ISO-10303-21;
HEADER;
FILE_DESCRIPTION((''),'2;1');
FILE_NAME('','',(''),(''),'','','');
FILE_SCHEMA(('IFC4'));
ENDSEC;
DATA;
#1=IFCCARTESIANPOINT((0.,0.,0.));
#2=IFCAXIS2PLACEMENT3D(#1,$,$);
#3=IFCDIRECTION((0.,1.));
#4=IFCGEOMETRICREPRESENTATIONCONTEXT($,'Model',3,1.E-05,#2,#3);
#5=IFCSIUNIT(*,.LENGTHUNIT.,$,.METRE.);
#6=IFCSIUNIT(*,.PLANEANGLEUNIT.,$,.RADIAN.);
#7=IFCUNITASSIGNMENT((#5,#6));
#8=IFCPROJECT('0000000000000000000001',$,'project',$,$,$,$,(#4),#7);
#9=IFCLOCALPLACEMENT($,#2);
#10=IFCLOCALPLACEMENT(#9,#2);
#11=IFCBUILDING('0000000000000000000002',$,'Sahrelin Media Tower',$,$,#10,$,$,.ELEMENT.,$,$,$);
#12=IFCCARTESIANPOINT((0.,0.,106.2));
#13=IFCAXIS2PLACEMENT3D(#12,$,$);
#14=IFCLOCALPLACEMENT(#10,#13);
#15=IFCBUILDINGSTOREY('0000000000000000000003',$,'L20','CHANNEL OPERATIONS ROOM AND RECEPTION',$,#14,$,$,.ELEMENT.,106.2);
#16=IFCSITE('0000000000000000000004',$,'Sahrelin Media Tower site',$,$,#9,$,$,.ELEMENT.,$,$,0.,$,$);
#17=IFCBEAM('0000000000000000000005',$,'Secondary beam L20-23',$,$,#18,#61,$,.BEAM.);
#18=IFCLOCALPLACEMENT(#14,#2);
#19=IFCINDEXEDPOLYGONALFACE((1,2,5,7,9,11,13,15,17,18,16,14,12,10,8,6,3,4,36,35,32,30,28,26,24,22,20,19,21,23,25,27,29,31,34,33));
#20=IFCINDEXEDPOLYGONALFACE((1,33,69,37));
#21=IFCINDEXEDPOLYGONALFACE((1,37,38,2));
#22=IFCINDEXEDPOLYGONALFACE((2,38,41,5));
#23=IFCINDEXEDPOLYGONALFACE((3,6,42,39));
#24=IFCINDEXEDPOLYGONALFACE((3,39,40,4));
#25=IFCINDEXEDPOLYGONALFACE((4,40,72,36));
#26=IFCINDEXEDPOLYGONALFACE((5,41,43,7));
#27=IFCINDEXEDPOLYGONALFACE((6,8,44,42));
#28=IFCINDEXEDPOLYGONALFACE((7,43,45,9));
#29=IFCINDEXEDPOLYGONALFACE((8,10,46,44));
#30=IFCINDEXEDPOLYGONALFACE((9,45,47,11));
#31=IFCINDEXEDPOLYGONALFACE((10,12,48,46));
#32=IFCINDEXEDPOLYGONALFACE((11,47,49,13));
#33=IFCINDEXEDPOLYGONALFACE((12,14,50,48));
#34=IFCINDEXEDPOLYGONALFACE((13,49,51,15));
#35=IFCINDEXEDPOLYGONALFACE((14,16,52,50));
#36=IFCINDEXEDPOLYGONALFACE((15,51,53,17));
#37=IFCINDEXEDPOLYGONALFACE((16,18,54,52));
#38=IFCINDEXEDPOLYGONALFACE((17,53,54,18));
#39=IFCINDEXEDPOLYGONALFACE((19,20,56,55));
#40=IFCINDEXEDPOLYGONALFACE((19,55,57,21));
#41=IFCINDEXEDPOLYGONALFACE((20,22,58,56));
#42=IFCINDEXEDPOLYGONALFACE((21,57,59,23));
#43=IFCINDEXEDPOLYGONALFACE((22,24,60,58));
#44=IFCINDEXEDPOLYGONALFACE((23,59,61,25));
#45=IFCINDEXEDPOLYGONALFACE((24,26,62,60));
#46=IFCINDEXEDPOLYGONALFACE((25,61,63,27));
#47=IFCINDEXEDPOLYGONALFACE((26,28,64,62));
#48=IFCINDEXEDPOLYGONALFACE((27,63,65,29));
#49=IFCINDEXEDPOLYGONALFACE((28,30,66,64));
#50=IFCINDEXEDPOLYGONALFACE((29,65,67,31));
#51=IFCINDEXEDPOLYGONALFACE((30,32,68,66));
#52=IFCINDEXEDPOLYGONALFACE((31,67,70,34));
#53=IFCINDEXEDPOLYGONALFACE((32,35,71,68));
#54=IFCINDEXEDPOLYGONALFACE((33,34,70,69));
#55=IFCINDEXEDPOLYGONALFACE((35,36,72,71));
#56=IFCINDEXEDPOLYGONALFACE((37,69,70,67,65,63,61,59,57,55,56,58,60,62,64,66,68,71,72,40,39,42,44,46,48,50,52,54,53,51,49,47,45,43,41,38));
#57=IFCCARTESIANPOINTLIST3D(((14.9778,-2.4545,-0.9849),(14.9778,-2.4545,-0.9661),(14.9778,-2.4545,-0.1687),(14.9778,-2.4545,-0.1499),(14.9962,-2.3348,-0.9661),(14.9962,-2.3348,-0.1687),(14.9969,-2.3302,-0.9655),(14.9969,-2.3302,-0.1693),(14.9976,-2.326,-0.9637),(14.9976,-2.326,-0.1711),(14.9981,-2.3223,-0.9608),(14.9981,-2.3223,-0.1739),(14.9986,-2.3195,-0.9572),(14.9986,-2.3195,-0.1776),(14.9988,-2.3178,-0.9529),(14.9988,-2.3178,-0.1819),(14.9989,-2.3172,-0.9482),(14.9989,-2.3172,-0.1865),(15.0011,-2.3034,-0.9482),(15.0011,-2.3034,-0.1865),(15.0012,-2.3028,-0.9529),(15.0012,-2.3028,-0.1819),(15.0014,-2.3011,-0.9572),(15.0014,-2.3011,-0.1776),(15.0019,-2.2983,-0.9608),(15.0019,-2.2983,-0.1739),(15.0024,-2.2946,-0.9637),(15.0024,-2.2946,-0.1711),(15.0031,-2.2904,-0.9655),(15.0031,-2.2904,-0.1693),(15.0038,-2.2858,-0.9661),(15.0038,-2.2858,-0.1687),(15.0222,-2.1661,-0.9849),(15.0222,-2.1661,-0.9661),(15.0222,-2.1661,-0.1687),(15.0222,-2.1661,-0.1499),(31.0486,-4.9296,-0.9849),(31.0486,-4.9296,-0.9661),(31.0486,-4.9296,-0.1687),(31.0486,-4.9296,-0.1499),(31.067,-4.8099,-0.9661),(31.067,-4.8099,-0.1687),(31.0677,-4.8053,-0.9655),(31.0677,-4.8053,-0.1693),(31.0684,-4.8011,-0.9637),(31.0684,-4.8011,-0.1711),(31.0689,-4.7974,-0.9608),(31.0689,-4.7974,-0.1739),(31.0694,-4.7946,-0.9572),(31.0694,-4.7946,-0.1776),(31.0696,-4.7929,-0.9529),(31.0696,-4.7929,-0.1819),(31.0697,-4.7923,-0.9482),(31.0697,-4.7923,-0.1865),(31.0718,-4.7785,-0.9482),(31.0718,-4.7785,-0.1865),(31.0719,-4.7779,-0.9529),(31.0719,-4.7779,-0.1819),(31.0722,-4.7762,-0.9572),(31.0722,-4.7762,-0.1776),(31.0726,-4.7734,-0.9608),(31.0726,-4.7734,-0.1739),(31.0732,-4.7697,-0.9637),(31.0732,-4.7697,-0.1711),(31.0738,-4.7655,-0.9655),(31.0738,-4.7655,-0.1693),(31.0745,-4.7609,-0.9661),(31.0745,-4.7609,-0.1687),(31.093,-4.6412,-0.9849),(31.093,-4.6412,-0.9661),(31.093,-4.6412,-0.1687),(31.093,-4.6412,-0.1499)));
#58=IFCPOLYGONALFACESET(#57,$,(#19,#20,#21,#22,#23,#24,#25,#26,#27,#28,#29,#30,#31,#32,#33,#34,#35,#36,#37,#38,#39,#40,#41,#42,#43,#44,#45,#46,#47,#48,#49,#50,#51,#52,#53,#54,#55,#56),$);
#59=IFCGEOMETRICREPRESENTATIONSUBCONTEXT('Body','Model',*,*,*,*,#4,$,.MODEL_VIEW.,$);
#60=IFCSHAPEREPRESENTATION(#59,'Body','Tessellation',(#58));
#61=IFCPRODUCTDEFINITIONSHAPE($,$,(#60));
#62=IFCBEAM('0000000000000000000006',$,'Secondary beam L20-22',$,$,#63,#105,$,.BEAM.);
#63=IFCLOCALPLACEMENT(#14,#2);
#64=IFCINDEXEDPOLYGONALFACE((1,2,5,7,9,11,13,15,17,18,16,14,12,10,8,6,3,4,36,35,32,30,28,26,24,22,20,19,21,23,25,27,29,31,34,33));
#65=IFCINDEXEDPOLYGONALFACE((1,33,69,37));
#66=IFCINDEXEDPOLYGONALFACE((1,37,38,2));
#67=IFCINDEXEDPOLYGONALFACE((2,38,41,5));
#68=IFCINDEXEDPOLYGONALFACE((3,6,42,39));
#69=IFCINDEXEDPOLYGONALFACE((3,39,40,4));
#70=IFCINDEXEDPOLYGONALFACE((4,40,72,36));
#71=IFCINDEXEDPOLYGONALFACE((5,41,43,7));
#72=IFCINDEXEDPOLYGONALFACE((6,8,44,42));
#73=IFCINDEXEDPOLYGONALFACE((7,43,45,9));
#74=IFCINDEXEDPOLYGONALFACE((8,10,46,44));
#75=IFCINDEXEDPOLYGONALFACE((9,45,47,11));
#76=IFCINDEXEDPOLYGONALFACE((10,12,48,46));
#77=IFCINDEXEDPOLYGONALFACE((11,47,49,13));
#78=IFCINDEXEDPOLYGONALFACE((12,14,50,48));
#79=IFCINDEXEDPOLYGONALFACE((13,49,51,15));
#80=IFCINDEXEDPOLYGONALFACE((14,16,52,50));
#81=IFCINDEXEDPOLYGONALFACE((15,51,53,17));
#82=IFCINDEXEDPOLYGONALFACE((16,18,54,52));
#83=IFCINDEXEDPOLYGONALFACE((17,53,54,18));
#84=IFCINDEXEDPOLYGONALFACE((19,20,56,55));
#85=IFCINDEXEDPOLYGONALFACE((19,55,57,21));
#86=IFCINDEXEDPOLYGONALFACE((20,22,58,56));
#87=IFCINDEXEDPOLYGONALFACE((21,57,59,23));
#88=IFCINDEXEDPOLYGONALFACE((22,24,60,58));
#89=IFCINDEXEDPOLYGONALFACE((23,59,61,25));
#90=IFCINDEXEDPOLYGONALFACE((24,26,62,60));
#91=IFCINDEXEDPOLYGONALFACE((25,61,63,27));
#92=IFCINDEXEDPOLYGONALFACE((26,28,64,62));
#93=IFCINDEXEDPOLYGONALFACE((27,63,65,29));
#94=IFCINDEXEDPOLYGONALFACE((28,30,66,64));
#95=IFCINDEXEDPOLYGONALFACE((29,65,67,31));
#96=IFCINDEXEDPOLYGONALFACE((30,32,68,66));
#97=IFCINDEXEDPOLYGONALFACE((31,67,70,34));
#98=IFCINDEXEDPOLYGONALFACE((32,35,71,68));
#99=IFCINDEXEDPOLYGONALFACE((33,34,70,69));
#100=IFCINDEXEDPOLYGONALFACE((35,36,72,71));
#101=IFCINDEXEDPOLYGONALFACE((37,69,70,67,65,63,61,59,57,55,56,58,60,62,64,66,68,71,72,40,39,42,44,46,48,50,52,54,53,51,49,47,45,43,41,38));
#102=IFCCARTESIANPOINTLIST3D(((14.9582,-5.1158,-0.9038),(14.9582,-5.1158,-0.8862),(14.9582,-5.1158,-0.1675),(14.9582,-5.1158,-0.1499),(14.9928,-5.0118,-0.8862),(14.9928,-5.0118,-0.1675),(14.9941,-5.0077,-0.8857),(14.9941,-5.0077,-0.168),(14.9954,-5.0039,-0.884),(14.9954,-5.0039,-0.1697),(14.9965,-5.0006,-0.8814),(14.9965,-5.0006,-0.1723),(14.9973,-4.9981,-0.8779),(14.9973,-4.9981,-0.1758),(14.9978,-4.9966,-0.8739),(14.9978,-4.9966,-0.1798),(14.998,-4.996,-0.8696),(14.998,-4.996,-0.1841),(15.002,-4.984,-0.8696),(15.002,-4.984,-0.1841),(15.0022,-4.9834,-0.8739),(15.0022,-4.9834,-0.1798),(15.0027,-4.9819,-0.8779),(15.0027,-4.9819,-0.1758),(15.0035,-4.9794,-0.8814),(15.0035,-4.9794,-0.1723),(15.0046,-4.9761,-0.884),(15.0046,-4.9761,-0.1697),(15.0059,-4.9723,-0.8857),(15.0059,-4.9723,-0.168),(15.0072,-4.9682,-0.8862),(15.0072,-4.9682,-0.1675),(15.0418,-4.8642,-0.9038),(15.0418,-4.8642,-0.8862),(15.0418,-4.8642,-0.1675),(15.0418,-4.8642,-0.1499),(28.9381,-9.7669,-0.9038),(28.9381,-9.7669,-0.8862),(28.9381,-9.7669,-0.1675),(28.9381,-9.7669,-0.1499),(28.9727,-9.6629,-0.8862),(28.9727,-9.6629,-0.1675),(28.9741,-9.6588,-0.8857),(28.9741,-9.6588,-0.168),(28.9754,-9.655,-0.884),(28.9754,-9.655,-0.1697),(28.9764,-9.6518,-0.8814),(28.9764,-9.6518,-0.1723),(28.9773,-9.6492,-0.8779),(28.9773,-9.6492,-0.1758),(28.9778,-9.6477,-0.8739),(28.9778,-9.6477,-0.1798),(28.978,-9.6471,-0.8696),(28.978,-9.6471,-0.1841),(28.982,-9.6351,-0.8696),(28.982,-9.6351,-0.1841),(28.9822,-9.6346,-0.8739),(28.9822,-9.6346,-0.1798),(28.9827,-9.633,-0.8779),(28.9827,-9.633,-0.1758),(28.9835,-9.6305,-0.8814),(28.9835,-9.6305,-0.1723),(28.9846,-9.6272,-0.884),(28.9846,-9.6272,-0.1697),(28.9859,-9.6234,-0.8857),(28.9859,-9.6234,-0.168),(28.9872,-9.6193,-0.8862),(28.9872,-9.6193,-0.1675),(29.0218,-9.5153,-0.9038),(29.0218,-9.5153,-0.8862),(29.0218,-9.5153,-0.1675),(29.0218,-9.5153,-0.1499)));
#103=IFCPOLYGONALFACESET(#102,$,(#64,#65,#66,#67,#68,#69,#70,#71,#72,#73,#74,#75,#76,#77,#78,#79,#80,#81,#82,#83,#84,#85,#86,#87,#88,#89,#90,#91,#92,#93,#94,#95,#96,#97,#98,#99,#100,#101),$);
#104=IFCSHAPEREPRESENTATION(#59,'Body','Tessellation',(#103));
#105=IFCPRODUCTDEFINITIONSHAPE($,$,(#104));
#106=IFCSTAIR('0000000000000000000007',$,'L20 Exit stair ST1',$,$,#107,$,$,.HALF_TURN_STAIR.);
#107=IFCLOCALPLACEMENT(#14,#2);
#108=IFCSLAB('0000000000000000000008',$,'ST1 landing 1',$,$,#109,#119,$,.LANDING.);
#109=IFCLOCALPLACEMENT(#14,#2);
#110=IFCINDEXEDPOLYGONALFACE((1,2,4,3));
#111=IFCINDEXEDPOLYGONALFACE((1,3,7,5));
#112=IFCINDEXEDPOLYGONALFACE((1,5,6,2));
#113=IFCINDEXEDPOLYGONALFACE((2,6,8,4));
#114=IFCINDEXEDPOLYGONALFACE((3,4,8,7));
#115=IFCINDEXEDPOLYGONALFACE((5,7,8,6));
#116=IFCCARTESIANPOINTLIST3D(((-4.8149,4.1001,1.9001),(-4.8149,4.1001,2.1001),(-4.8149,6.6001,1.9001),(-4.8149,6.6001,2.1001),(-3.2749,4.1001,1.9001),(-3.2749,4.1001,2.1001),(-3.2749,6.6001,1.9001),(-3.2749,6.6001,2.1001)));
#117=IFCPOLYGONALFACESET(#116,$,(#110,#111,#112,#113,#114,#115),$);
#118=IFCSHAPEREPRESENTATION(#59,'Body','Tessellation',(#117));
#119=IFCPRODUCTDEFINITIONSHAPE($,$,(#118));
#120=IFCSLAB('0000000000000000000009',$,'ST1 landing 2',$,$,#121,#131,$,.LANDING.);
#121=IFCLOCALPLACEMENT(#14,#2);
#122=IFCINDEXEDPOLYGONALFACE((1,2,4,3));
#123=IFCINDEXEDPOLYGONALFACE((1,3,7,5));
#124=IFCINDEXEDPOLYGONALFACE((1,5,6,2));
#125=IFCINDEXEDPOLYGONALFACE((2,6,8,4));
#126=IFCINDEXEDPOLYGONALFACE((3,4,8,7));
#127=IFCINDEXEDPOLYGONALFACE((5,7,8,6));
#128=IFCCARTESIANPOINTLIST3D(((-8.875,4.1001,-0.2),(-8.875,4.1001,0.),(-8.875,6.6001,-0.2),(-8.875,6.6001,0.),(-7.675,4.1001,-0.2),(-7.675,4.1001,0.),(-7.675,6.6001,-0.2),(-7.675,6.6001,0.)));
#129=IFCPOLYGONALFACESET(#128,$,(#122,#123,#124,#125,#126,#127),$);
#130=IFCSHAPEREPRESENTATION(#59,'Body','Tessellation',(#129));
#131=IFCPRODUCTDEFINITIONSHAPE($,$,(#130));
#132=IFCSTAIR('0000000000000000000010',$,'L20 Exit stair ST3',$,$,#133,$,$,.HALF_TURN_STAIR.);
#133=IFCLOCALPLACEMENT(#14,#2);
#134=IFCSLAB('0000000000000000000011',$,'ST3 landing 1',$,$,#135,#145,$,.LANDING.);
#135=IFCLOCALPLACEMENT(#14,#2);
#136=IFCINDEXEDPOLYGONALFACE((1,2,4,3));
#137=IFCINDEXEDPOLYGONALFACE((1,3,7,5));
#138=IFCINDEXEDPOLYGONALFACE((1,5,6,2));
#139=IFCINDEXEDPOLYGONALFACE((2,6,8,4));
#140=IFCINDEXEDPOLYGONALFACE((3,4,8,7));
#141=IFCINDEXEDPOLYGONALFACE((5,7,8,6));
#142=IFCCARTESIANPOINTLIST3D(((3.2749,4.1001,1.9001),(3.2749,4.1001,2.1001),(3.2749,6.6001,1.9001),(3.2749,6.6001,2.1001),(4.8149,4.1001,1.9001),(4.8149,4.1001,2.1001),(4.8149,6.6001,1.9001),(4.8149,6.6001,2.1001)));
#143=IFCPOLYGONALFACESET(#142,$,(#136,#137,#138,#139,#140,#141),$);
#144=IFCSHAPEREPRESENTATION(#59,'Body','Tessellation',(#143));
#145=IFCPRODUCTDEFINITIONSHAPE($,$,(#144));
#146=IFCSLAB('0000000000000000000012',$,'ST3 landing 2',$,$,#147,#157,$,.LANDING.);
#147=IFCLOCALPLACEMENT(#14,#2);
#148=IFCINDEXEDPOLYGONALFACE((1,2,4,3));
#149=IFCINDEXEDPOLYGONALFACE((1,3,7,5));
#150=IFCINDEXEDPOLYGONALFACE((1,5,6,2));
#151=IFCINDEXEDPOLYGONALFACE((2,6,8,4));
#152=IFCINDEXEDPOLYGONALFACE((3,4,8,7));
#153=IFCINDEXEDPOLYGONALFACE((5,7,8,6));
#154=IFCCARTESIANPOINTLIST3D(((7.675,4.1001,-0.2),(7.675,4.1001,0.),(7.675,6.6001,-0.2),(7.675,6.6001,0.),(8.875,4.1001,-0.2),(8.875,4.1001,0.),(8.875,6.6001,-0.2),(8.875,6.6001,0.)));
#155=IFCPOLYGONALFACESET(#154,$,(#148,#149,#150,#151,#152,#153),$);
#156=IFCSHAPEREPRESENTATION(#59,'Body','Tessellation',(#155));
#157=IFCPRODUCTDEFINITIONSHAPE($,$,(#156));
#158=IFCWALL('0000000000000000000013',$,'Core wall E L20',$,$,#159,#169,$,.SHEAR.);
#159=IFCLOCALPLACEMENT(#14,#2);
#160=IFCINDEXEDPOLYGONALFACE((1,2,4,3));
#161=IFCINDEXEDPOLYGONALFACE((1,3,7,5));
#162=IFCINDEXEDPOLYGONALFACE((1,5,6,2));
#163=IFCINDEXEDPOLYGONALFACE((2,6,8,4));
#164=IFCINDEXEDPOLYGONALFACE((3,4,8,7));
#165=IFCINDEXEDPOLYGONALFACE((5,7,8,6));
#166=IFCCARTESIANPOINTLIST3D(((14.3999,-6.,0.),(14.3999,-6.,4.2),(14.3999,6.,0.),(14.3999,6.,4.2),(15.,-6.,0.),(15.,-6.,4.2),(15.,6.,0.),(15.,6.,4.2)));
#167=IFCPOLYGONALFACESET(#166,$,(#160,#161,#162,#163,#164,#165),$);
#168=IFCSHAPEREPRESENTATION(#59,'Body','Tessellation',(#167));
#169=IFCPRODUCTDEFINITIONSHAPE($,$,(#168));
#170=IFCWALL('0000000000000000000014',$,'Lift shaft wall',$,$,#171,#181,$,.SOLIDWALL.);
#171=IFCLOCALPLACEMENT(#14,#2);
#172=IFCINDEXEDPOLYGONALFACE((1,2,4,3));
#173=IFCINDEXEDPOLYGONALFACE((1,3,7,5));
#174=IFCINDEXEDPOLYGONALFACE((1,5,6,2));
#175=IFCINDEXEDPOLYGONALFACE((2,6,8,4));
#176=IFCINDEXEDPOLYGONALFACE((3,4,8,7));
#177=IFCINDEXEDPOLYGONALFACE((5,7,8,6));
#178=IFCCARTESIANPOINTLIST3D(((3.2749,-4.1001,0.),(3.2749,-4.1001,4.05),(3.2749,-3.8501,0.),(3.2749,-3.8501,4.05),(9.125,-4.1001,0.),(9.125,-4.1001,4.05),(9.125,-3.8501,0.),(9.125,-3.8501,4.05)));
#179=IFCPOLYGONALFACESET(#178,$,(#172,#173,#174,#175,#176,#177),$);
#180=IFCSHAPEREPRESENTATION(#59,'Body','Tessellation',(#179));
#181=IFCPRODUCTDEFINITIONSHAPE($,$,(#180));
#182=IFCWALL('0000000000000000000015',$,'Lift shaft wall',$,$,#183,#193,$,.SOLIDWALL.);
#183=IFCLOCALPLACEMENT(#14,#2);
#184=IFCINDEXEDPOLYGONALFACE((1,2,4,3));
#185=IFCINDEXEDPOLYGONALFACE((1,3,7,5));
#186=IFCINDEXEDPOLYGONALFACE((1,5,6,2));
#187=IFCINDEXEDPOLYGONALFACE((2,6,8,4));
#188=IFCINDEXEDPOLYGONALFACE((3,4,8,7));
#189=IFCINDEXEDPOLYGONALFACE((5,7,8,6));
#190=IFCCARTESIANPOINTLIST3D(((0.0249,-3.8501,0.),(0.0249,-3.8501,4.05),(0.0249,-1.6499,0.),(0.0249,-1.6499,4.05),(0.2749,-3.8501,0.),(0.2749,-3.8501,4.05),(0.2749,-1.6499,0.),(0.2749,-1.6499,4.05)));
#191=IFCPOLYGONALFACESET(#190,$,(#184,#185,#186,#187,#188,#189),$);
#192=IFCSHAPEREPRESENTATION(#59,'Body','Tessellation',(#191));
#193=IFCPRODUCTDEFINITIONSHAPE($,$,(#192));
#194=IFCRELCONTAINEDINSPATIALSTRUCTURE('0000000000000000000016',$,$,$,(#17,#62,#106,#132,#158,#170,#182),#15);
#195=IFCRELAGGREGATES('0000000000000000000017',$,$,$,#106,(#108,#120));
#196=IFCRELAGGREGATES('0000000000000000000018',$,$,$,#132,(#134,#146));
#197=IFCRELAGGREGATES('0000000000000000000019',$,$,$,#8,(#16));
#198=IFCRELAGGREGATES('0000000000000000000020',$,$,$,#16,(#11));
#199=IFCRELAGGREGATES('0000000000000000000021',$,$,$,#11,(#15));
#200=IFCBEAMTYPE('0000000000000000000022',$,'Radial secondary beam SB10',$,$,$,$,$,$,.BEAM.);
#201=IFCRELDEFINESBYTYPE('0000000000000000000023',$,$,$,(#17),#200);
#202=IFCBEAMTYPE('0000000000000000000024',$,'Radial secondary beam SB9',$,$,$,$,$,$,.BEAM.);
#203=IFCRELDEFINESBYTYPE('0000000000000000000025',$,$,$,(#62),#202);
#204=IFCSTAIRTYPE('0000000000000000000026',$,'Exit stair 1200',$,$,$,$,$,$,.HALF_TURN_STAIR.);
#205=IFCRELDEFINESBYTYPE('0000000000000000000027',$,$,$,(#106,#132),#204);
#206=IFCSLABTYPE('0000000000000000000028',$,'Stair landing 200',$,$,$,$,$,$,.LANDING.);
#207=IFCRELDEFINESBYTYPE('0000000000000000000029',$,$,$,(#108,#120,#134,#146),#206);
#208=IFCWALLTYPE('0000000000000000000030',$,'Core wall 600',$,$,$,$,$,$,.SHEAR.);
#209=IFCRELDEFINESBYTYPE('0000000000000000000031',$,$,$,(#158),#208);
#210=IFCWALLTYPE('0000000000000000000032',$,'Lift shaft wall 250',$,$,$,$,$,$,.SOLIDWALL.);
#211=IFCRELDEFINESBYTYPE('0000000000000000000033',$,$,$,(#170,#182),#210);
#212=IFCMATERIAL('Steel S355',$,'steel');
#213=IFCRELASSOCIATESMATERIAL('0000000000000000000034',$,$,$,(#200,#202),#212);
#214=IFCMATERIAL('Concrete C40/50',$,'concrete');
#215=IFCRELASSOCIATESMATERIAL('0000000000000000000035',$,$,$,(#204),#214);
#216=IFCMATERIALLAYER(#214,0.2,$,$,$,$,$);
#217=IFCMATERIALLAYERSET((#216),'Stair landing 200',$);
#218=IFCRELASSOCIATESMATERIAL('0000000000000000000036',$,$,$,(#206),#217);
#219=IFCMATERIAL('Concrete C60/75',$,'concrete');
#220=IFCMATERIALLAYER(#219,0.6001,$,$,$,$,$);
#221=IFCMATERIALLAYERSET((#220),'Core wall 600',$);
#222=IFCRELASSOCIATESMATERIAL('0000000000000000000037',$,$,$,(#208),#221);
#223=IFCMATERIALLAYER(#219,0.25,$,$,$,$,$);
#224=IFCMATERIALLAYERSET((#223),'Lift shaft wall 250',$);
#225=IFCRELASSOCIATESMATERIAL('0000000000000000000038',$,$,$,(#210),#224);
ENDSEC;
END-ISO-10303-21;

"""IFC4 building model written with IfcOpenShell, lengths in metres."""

from ifc_helpers import new_model, si_unit, direction, frame, frame_2d, origin, origin_2d, place, context, subcontext, project, spatial, polyline, rectangle, i_section, outline, extrude, material, layer, layer_set, material_profile, profile_set, type_object, element, aggregate, save


model = new_model("IFC4")

# Units and contexts
model_context = context("Model", 3, precision=1e-05, world=origin(), true_north=direction((0.0, 1.0)))
body_context = subcontext(model_context, "Body", "Model", "MODEL_VIEW")
ifc_project = project(units=[si_unit("LENGTHUNIT", "METRE"), si_unit("PLANEANGLEUNIT", "RADIAN")], contexts=[model_context])

# Site, building, storey
site_placement = place(None, origin())
site = spatial("IfcSite", under=ifc_project, at=site_placement, Name="Sahrelin Media Tower site", CompositionType="ELEMENT", RefElevation=0.0)
building_placement = place(site_placement, origin())
building = spatial("IfcBuilding", under=site, at=building_placement, Name="Sahrelin Media Tower", CompositionType="ELEMENT")
storey_placement = place(building_placement, frame((0.0, 0.0, 106.2)))
storey = spatial("IfcBuildingStorey", under=building, at=storey_placement, Name="L20", Description="CHANNEL OPERATIONS ROOM AND RECEPTION", CompositionType="ELEMENT", Elevation=106.2)

# Beams
ifc_material_1 = material(Name="Steel S355", Category="steel")
ifc_material_profile_1 = material_profile(ifc_material_1, i_section(OverallWidth=0.2917, OverallDepth=0.835, WebThickness=0.0139, FlangeThickness=0.0188, FilletRadius=0.0178, at=origin_2d()), Name="UB 838x292x176")
ifc_profile_set_1 = profile_set([ifc_material_profile_1], Name="Steel S355")
beam_type_1 = type_object("IfcBeamType", Name="Radial secondary beam SB10", PredefinedType="BEAM", material=ifc_profile_set_1)
beam_1_placement = place(storey_placement, frame((15.0, -2.3103, -0.5674), z_axis=(0.988347, -0.152217, 0.0), x_axis=(0.152217, 0.988347, 0.0)))
element("IfcBeam", 1, at=beam_1_placement, inside=storey, type_object=beam_type_1, Name="Secondary beam L20-23", PredefinedType="BEAM", context=body_context, shape_type="SweptSolid", body=[
    extrude(i_section(OverallWidth=0.2917, OverallDepth=0.835, WebThickness=0.0139, FlangeThickness=0.0188, FilletRadius=0.0178, at=origin_2d()), origin(), (0.0, 0.0, 1.0), 16.2603),
])
ifc_material_profile_2 = material_profile(ifc_material_1, i_section(OverallWidth=0.2651, OverallDepth=0.7539, WebThickness=0.0127, FlangeThickness=0.0176, FilletRadius=0.0166, at=origin_2d()), Name="UB 762x267x147")
ifc_profile_set_2 = profile_set([ifc_material_profile_2], Name="Steel S355")
beam_type_2 = type_object("IfcBeamType", Name="Radial secondary beam SB9", PredefinedType="BEAM", material=ifc_profile_set_2)
beam_2_placement = place(storey_placement, frame((15.0, -4.99, -0.5269), z_axis=(0.948864, -0.315686, 0.0), x_axis=(0.315686, 0.948864, 0.0)))
element("IfcBeam", 2, at=beam_2_placement, inside=storey, type_object=beam_type_2, Name="Secondary beam L20-22", PredefinedType="BEAM", context=body_context, shape_type="SweptSolid", body=[
    extrude(i_section(OverallWidth=0.2651, OverallDepth=0.7539, WebThickness=0.0127, FlangeThickness=0.0176, FilletRadius=0.0166, at=origin_2d()), origin(), (0.0, 0.0, 1.0), 14.7334),
])

# Stairs, slabs
ifc_material_2 = material(Name="Concrete C40/50", Category="concrete")
stair_type = type_object("IfcStairType", Name="Exit stair 1200", PredefinedType="HALF_TURN_STAIR", material=ifc_material_2)
placement_1 = place(storey_placement, origin())
stair_1 = element("IfcStair", 3, at=placement_1, inside=storey, type_object=stair_type, Name="L20 Exit stair ST1", PredefinedType="HALF_TURN_STAIR")
ifc_layer_1 = layer(ifc_material_2, 0.2)
ifc_layer_set_1 = layer_set([ifc_layer_1], Name="Stair landing 200")
slab_type = type_object("IfcSlabType", Name="Stair landing 200", PredefinedType="LANDING", material=ifc_layer_set_1)
placement_2 = place(storey_placement, frame((0.0, 0.0, 1.9001)))
slab_1 = element("IfcSlab", 4, at=placement_2, type_object=slab_type, Name="ST1 landing 1", PredefinedType="LANDING", context=body_context, shape_type="SweptSolid", body=[
    extrude(outline(polyline([(-4.8149, 4.1001), (-3.2749, 4.1001), (-3.2749, 6.6001), (-4.8149, 6.6001), (-4.8149, 4.1001)])), origin(), (0.0, 0.0, 1.0), 0.2),
])
placement_3 = place(storey_placement, frame((0.0, 0.0, -0.2)))
slab_2 = element("IfcSlab", 5, at=placement_3, type_object=slab_type, Name="ST1 landing 2", PredefinedType="LANDING", context=body_context, shape_type="SweptSolid", body=[
    extrude(outline(polyline([(-8.875, 4.1001), (-7.675, 4.1001), (-7.675, 6.6001), (-8.875, 6.6001), (-8.875, 4.1001)])), origin(), (0.0, 0.0, 1.0), 0.2),
])
aggregate(stair_1, [slab_1, slab_2])
stair_2 = element("IfcStair", 6, at=placement_1, inside=storey, type_object=stair_type, Name="L20 Exit stair ST3", PredefinedType="HALF_TURN_STAIR")
slab_3 = element("IfcSlab", 7, at=placement_2, type_object=slab_type, Name="ST3 landing 1", PredefinedType="LANDING", context=body_context, shape_type="SweptSolid", body=[
    extrude(outline(polyline([(4.8149, 6.6001), (3.2749, 6.6001), (3.2749, 4.1001), (4.8149, 4.1001), (4.8149, 6.6001)])), origin(), (0.0, 0.0, 1.0), 0.2),
])
slab_4 = element("IfcSlab", 8, at=placement_3, type_object=slab_type, Name="ST3 landing 2", PredefinedType="LANDING", context=body_context, shape_type="SweptSolid", body=[
    extrude(outline(polyline([(8.875, 6.6001), (7.675, 6.6001), (7.675, 4.1001), (8.875, 4.1001), (8.875, 6.6001)])), origin(), (0.0, 0.0, 1.0), 0.2),
])
aggregate(stair_2, [slab_3, slab_4])

# Walls
ifc_material_3 = material(Name="Concrete C60/75", Category="concrete")
ifc_layer_2 = layer(ifc_material_3, 0.6001)
ifc_layer_set_2 = layer_set([ifc_layer_2], Name="Core wall 600")
wall_type_1 = type_object("IfcWallType", Name="Core wall 600", PredefinedType="SHEAR", material=ifc_layer_set_2)
wall_1_placement = place(storey_placement, frame((14.7, -6.0, 0.0), z_axis=(0.0, 0.0, 1.0), x_axis=(0.0, 1.0, 0.0)))
element("IfcWall", 9, at=wall_1_placement, inside=storey, type_object=wall_type_1, Name="Core wall E L20", PredefinedType="SHEAR", context=body_context, shape_type="SweptSolid", body=[
    extrude(rectangle(XDim=12.0, YDim=0.6001, at=frame_2d((6.0, 0.0))), origin(), (0.0, 0.0, 1.0), 4.2),
])
ifc_layer_3 = layer(ifc_material_3, 0.25)
ifc_layer_set_3 = layer_set([ifc_layer_3], Name="Lift shaft wall 250")
wall_type_2 = type_object("IfcWallType", Name="Lift shaft wall 250", PredefinedType="SOLIDWALL", material=ifc_layer_set_3)
wall_2_placement = place(storey_placement, frame((3.2749, -3.9751, 0.0), z_axis=(0.0, 0.0, 1.0), x_axis=(1.0, 0.0, 0.0)))
element("IfcWall", 10, at=wall_2_placement, inside=storey, type_object=wall_type_2, Name="Lift shaft wall", PredefinedType="SOLIDWALL", context=body_context, shape_type="SweptSolid", body=[
    extrude(rectangle(XDim=5.8501, YDim=0.25, at=frame_2d((2.925, 0.0))), origin(), (0.0, 0.0, 1.0), 4.05),
])
for number, where, z_axis, x_axis, name in (
    (11, (0.1499, -3.8501, 0.0), (0.0, 0.0, 1.0), (0.0, 1.0, 0.0), "Lift shaft wall"),
):
    element("IfcWall", number, at=place(storey_placement, frame(where, z_axis=z_axis, x_axis=x_axis)), inside=storey, type_object=wall_type_2, Name=name, PredefinedType="SOLIDWALL", context=body_context, shape_type="SweptSolid", body=[
        extrude(rectangle(XDim=2.2002, YDim=0.25, at=frame_2d((1.1001, 0.0))), origin(), (0.0, 0.0, 1.0), 4.05),
    ])

save(model, "model.ifc")
